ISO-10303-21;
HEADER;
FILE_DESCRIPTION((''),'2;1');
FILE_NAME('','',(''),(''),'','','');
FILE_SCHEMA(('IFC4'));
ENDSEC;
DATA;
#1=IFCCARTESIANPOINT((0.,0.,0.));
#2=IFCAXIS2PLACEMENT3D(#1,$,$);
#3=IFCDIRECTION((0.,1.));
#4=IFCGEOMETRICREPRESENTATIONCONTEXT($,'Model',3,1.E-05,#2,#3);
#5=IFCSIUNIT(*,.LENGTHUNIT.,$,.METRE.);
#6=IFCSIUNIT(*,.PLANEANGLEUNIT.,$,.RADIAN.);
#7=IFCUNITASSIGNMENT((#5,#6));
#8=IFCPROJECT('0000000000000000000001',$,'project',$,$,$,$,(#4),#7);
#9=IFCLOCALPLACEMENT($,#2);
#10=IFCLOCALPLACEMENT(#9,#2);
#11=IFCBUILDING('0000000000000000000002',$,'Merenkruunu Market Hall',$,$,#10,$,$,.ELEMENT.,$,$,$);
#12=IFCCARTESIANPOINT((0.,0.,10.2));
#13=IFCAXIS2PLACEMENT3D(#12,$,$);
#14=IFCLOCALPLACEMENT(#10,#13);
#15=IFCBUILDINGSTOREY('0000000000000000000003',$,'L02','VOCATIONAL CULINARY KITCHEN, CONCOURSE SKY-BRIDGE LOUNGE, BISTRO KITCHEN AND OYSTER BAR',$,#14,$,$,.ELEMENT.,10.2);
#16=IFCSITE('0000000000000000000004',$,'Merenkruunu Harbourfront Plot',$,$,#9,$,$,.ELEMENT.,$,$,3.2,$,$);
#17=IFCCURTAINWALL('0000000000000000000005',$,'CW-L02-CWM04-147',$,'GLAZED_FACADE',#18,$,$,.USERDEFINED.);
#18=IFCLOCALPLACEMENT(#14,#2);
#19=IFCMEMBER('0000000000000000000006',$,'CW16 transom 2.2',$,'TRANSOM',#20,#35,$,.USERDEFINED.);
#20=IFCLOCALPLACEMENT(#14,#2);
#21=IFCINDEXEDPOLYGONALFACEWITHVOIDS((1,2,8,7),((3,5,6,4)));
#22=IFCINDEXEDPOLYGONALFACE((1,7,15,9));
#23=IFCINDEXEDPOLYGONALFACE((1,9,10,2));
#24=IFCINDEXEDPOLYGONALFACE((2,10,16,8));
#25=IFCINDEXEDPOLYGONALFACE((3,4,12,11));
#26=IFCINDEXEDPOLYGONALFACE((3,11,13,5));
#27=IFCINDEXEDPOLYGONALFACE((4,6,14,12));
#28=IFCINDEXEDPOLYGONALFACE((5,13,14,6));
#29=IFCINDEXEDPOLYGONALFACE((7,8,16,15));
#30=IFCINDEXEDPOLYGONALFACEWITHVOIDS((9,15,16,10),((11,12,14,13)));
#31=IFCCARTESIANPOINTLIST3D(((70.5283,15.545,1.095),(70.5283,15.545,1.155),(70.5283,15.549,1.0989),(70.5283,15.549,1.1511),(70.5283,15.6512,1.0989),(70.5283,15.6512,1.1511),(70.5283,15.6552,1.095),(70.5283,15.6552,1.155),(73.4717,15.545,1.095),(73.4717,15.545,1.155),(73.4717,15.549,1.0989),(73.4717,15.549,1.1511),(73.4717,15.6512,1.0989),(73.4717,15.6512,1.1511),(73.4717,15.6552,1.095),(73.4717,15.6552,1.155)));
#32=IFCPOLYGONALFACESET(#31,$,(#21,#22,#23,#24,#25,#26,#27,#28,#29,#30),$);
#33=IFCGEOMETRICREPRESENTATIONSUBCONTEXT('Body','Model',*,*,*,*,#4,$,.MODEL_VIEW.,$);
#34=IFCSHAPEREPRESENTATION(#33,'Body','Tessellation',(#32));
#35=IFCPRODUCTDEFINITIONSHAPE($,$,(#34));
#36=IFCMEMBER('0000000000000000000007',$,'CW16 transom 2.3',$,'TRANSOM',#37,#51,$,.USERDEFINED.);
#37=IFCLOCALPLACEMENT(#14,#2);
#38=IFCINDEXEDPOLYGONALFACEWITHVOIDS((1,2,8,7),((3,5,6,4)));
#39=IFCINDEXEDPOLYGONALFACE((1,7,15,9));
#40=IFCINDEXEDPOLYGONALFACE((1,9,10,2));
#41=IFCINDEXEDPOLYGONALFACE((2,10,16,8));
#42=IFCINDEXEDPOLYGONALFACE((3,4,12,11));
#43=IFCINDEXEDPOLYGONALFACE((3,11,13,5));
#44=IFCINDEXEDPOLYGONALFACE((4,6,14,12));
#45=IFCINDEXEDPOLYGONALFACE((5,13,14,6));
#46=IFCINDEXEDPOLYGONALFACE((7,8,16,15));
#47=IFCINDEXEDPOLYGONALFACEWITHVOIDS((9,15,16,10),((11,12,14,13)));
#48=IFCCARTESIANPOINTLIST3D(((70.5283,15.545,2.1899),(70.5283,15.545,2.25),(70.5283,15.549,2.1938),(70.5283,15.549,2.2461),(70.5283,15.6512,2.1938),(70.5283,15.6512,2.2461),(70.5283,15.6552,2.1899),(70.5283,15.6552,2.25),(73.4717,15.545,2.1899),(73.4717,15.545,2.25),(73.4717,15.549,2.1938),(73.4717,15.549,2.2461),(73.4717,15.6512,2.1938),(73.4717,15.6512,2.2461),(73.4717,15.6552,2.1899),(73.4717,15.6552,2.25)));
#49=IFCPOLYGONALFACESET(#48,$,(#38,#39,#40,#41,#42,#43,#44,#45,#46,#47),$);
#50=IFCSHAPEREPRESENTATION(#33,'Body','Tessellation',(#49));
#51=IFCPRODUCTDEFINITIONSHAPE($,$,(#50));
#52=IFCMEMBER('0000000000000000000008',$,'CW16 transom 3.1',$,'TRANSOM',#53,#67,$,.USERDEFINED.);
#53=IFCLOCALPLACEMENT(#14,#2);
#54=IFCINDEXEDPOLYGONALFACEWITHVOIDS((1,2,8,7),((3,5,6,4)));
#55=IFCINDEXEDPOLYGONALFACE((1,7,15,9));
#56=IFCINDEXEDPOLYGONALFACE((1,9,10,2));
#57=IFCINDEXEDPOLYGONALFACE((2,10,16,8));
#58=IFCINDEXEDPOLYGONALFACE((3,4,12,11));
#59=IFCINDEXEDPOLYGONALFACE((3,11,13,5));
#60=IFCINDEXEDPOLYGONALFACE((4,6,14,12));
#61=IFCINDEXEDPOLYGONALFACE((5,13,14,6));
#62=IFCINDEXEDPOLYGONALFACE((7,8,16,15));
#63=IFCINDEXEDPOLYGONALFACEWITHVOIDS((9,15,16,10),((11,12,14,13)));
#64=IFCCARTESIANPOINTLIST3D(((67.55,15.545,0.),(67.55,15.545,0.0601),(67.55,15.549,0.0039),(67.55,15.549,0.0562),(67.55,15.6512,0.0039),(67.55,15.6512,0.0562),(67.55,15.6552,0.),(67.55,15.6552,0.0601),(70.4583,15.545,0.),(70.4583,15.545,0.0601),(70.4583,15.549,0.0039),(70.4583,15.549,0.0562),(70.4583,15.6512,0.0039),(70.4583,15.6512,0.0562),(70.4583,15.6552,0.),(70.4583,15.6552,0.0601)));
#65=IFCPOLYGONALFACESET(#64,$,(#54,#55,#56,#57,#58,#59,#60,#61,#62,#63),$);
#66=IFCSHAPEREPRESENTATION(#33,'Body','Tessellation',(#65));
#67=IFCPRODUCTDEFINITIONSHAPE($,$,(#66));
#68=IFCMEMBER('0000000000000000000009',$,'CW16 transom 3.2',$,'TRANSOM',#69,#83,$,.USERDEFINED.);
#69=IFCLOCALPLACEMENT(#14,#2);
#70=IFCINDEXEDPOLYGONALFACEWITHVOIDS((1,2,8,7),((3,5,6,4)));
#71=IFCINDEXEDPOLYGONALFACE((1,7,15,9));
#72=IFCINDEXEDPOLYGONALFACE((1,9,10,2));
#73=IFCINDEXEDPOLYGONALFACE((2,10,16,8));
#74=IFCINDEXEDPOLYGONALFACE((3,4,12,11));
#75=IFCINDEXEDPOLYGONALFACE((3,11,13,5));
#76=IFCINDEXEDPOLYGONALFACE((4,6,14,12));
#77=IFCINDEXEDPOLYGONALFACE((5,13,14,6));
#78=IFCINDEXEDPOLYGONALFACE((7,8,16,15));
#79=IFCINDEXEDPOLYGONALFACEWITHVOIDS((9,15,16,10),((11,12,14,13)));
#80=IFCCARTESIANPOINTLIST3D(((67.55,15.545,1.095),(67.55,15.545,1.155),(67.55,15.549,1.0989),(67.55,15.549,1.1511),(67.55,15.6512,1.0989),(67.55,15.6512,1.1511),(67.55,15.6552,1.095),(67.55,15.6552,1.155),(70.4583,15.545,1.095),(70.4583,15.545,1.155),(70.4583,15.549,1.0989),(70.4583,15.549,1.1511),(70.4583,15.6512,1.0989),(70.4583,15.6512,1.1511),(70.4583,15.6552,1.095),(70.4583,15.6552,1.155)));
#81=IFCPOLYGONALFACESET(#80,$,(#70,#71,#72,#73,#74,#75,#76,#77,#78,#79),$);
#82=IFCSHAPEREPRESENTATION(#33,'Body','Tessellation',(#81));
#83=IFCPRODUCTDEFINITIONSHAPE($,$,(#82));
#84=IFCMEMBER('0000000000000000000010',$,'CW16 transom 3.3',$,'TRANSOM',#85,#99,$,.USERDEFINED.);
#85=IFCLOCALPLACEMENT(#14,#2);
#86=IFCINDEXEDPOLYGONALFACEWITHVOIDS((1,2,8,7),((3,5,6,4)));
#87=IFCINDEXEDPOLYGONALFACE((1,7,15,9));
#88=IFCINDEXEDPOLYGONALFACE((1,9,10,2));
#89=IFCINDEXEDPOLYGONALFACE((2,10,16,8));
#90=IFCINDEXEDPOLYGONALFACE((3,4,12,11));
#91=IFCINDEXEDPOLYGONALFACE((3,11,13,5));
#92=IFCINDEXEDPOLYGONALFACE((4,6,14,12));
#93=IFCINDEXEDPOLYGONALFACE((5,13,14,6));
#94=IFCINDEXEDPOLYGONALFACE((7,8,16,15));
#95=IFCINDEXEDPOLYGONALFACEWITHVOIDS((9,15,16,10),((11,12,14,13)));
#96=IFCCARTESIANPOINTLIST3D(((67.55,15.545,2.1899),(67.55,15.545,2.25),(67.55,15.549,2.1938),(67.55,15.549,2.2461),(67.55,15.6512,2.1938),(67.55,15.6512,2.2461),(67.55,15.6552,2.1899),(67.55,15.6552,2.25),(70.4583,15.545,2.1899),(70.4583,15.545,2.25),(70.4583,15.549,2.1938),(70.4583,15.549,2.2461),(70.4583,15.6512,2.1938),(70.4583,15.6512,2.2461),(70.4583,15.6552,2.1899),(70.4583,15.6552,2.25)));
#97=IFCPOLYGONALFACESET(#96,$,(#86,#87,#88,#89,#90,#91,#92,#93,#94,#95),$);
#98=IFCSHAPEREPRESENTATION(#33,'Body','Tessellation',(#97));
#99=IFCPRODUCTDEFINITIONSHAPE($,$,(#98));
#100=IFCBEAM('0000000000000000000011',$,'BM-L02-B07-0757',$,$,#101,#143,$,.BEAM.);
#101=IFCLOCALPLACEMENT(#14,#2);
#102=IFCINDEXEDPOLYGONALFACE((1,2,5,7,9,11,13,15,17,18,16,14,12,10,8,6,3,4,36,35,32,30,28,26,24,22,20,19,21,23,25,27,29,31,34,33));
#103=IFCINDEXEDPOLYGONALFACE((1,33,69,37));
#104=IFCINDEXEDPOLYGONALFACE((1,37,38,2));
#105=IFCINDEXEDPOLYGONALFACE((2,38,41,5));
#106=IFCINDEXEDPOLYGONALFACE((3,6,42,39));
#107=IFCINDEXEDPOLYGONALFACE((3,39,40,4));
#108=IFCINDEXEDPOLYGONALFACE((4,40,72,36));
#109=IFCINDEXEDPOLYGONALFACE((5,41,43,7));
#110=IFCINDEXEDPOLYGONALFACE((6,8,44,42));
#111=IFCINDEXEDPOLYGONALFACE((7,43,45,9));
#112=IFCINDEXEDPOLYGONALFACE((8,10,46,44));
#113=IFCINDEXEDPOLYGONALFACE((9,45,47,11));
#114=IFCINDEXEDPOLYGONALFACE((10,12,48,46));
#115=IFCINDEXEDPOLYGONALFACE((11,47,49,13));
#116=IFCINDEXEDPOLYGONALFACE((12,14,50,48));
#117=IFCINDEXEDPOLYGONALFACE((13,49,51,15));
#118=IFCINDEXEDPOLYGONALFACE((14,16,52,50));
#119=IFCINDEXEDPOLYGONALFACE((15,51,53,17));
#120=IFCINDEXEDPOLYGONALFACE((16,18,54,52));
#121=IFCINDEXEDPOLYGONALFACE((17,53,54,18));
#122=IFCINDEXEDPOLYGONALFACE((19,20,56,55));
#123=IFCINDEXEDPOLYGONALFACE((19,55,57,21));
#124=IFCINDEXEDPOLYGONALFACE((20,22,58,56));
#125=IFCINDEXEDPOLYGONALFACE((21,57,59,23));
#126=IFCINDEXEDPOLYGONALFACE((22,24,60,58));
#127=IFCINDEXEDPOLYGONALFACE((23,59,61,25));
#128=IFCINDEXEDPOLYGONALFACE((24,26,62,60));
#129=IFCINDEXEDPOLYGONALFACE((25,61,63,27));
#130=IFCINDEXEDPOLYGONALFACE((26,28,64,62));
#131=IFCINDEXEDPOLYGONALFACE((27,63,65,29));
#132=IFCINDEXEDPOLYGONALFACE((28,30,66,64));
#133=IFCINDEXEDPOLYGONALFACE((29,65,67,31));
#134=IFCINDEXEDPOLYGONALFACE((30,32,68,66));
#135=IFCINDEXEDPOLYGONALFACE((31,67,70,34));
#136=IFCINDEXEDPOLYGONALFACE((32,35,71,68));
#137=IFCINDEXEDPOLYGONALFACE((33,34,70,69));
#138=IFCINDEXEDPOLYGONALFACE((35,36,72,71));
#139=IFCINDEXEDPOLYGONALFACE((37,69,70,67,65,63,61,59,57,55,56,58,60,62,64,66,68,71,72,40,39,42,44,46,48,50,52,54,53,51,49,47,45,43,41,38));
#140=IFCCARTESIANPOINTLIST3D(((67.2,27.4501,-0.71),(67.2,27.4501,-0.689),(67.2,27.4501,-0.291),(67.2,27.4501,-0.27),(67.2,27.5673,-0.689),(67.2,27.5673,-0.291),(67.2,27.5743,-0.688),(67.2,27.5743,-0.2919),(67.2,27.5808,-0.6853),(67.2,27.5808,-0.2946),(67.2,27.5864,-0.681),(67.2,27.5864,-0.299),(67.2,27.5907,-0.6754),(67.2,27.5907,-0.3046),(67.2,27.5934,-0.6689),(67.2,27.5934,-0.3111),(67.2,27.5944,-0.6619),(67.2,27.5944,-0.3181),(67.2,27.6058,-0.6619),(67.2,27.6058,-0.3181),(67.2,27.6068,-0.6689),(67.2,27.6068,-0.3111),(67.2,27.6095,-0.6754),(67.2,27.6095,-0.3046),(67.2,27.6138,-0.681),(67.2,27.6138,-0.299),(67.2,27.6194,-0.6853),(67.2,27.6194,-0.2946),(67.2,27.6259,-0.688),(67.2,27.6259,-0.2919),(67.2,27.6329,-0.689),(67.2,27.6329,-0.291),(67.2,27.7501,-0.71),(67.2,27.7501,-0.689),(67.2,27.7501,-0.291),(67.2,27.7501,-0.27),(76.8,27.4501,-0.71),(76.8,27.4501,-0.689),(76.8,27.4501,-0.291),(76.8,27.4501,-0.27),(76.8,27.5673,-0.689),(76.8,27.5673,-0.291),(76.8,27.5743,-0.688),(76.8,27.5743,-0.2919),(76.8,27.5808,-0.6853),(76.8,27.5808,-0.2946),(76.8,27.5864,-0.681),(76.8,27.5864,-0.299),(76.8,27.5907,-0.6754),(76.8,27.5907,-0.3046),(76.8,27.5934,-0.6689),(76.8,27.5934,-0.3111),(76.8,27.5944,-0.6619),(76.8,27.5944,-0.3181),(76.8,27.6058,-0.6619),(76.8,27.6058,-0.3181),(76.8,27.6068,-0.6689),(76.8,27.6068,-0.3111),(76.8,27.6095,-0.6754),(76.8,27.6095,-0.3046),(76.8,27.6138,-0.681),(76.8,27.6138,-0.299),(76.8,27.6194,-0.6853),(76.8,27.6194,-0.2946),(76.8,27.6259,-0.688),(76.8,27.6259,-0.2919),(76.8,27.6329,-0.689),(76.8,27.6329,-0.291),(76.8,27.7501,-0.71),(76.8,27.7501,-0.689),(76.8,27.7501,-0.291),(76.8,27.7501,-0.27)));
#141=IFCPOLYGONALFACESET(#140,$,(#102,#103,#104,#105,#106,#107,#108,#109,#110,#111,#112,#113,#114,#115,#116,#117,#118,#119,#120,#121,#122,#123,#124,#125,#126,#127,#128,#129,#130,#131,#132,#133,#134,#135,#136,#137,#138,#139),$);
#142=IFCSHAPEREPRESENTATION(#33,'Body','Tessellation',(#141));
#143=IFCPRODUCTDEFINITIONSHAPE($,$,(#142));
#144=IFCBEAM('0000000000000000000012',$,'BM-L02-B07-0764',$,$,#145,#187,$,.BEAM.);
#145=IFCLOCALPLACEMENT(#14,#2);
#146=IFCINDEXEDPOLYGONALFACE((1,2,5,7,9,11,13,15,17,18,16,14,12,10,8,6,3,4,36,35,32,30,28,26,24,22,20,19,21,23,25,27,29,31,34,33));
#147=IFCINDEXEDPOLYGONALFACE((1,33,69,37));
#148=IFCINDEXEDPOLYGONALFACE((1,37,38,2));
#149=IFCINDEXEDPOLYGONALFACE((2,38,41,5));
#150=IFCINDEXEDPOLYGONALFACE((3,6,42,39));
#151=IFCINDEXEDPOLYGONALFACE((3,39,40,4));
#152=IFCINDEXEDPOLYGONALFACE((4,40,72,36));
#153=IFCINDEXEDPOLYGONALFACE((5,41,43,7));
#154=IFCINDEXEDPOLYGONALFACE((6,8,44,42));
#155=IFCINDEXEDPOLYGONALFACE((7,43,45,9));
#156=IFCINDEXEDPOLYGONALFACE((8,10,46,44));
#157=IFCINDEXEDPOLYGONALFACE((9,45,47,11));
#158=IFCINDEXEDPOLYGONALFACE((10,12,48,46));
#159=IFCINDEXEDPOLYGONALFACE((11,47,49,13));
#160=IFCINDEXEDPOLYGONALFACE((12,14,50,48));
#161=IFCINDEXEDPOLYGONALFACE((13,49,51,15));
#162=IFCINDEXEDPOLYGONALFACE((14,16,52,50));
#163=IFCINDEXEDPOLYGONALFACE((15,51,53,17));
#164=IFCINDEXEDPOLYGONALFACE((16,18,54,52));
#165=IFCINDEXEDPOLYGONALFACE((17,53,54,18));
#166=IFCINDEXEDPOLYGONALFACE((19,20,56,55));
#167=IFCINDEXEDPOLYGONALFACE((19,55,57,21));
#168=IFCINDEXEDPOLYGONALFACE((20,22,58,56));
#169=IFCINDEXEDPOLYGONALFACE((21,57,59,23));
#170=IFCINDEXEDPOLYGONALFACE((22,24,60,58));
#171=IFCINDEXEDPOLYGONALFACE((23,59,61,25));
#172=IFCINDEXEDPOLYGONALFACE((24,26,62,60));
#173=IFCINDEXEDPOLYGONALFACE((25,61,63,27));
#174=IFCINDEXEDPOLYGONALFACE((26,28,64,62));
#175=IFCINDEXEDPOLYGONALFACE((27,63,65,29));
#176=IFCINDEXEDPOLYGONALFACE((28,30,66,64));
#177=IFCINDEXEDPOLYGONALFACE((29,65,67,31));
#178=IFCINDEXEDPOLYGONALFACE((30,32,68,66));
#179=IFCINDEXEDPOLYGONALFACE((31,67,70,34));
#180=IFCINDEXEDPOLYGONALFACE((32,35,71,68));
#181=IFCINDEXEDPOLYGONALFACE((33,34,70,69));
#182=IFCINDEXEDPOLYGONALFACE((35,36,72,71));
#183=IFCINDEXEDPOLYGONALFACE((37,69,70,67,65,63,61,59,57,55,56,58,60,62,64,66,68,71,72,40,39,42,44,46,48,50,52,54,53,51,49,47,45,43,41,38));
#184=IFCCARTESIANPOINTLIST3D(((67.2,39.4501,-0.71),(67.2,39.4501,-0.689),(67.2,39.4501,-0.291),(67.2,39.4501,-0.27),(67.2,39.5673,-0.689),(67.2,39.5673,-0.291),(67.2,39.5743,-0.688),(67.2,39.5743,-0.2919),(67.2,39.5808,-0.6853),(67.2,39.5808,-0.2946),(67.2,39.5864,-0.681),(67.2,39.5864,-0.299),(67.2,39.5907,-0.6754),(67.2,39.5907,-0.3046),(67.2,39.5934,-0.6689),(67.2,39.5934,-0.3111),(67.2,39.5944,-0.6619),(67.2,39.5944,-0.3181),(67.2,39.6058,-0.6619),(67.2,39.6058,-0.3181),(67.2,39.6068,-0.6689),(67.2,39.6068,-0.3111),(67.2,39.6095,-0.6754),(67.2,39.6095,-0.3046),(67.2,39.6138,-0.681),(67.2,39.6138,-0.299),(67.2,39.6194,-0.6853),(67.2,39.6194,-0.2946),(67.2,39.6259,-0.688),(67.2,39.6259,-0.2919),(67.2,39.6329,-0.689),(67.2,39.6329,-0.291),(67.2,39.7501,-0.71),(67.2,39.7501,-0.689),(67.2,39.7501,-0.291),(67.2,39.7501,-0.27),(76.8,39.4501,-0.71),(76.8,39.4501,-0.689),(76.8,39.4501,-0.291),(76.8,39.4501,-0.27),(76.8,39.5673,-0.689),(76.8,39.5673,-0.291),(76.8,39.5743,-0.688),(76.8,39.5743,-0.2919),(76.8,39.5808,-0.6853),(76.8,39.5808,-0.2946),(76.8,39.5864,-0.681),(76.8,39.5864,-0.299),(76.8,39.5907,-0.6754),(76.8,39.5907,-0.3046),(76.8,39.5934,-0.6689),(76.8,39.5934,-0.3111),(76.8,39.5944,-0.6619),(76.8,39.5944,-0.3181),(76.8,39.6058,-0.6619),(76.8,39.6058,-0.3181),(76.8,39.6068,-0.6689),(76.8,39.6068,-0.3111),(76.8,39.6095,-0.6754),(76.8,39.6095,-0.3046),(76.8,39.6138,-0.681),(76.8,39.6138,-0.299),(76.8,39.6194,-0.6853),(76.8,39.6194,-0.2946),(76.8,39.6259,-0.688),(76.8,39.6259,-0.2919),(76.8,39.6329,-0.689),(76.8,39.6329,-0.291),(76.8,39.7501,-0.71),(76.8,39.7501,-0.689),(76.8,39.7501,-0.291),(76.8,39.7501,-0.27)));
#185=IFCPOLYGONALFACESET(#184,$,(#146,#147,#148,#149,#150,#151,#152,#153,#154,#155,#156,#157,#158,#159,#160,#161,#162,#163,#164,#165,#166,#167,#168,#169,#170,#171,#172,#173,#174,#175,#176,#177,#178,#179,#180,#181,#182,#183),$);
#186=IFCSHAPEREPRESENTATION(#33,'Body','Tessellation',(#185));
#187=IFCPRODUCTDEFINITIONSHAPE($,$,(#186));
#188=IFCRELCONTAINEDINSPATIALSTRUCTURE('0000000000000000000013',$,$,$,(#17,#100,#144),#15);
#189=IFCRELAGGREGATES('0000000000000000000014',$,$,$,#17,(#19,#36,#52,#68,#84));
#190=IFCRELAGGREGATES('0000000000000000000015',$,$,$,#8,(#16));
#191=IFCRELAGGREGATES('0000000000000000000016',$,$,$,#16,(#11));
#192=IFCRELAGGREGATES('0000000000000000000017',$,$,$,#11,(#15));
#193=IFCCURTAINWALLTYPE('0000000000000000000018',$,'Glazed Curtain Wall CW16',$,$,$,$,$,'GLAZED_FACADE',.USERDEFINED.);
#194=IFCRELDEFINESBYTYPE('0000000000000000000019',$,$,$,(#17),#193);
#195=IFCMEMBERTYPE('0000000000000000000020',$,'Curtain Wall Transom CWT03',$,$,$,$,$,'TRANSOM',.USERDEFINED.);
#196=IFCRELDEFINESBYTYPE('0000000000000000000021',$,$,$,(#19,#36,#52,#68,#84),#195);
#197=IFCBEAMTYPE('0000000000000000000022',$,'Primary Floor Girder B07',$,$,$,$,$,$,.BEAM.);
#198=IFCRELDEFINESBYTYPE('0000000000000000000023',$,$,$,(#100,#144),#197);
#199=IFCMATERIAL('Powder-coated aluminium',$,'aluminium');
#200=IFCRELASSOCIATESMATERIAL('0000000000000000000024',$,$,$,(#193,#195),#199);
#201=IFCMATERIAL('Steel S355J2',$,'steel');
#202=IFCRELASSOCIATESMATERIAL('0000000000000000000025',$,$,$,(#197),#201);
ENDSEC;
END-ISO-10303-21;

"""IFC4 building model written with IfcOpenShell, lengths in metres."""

from ifc_helpers import new_model, si_unit, direction, frame, origin, origin_2d, place, context, subcontext, project, spatial, hollow_rectangle, i_section, extrude, material, material_profile, profile_set, type_object, element, aggregate, save


model = new_model("IFC4")

# Units and contexts
model_context = context("Model", 3, precision=1e-05, world=origin(), true_north=direction((0.0, 1.0)))
body_context = subcontext(model_context, "Body", "Model", "MODEL_VIEW")
ifc_project = project(units=[si_unit("LENGTHUNIT", "METRE"), si_unit("PLANEANGLEUNIT", "RADIAN")], contexts=[model_context])

# Site, building, storey
site_placement = place(None, origin())
site = spatial("IfcSite", under=ifc_project, at=site_placement, Name="Merenkruunu Harbourfront Plot", CompositionType="ELEMENT", RefElevation=3.2)
building_placement = place(site_placement, origin())
building = spatial("IfcBuilding", under=site, at=building_placement, Name="Merenkruunu Market Hall", CompositionType="ELEMENT")
storey_placement = place(building_placement, frame((0.0, 0.0, 10.2)))
storey = spatial("IfcBuildingStorey", under=building, at=storey_placement, Name="L02", Description="VOCATIONAL CULINARY KITCHEN, CONCOURSE SKY-BRIDGE LOUNGE, BISTRO KITCHEN AND OYSTER BAR", CompositionType="ELEMENT", Elevation=10.2)

# Curtain wall, members
ifc_material_1 = material(Name="Powder-coated aluminium", Category="aluminium")
curtain_wall_type = type_object("IfcCurtainWallType", Name="Glazed Curtain Wall CW16", ElementType="GLAZED_FACADE", PredefinedType="USERDEFINED", material=ifc_material_1)
curtain_wall_placement = place(storey_placement, origin())
curtain_wall = element("IfcCurtainWall", 1, at=curtain_wall_placement, inside=storey, type_object=curtain_wall_type, Name="CW-L02-CWM04-147", ObjectType="GLAZED_FACADE", PredefinedType="USERDEFINED")
ifc_material_profile_1 = material_profile(ifc_material_1, hollow_rectangle(XDim=0.0601, YDim=0.1101, WallThickness=0.0039, at=origin_2d()), Name="ALU 60x110x4")
ifc_profile_set_1 = profile_set([ifc_material_profile_1], Name="Powder-coated aluminium")
member_type_1 = type_object("IfcMemberType", Name="Curtain Wall Transom CWT03", ElementType="TRANSOM", PredefinedType="USERDEFINED", material=ifc_profile_set_1)
member_1_placement = place(storey_placement, frame((73.4717, 15.6001, 1.125), z_axis=(-1.0, 0.0, 0.0), x_axis=(0.0, 0.0, 1.0)))
member_1 = element("IfcMember", 2, at=member_1_placement, type_object=member_type_1, Name="CW16 transom 2.2", ObjectType="TRANSOM", PredefinedType="USERDEFINED", context=body_context, shape_type="SweptSolid", body=[
    extrude(hollow_rectangle(XDim=0.0601, YDim=0.1101, WallThickness=0.0039, at=origin_2d()), origin(), (0.0, 0.0, 1.0), 2.9434),
])
member_2_placement = place(storey_placement, frame((73.4717, 15.6001, 2.22), z_axis=(-1.0, 0.0, 0.0), x_axis=(0.0, 0.0, 1.0)))
member_2 = element("IfcMember", 3, at=member_2_placement, type_object=member_type_1, Name="CW16 transom 2.3", ObjectType="TRANSOM", PredefinedType="USERDEFINED", context=body_context, shape_type="SweptSolid", body=[
    extrude(hollow_rectangle(XDim=0.0601, YDim=0.1101, WallThickness=0.0039, at=origin_2d()), origin(), (0.0, 0.0, 1.0), 2.9434),
])
member_3_placement = place(storey_placement, frame((70.4583, 15.6001, 0.03), z_axis=(-1.0, 0.0, 0.0), x_axis=(0.0, 0.0, 1.0)))
member_3 = element("IfcMember", 4, at=member_3_placement, type_object=member_type_1, Name="CW16 transom 3.1", ObjectType="TRANSOM", PredefinedType="USERDEFINED", context=body_context, shape_type="SweptSolid", body=[
    extrude(hollow_rectangle(XDim=0.0601, YDim=0.1101, WallThickness=0.0039, at=origin_2d()), origin(), (0.0, 0.0, 1.0), 2.9082),
])
member_4_placement = place(storey_placement, frame((70.4583, 15.6001, 1.125), z_axis=(-1.0, 0.0, 0.0), x_axis=(0.0, 0.0, 1.0)))
member_4 = element("IfcMember", 5, at=member_4_placement, type_object=member_type_1, Name="CW16 transom 3.2", ObjectType="TRANSOM", PredefinedType="USERDEFINED", context=body_context, shape_type="SweptSolid", body=[
    extrude(hollow_rectangle(XDim=0.0601, YDim=0.1101, WallThickness=0.0039, at=origin_2d()), origin(), (0.0, 0.0, 1.0), 2.9082),
])
member_5_placement = place(storey_placement, frame((70.4583, 15.6001, 2.22), z_axis=(-1.0, 0.0, 0.0), x_axis=(0.0, 0.0, 1.0)))
member_5 = element("IfcMember", 6, at=member_5_placement, type_object=member_type_1, Name="CW16 transom 3.3", ObjectType="TRANSOM", PredefinedType="USERDEFINED", context=body_context, shape_type="SweptSolid", body=[
    extrude(hollow_rectangle(XDim=0.0601, YDim=0.1101, WallThickness=0.0039, at=origin_2d()), origin(), (0.0, 0.0, 1.0), 2.9082),
])

# Beams
ifc_material_2 = material(Name="Steel S355J2", Category="steel")
ifc_material_profile_2 = material_profile(ifc_material_2, i_section(OverallWidth=0.3, OverallDepth=0.4399, WebThickness=0.0115, FlangeThickness=0.021, FilletRadius=0.0271, at=origin_2d()), Name="HEA 450")
ifc_profile_set_2 = profile_set([ifc_material_profile_2], Name="Steel S355J2")
beam_type_1 = type_object("IfcBeamType", Name="Primary Floor Girder B07", PredefinedType="BEAM", material=ifc_profile_set_2)
for number, where, z_axis, x_axis, name in (
    (7, (67.2, 27.6001, -0.49), (1.0, 0.0, 0.0), (0.0, 1.0, 0.0), "BM-L02-B07-0757"),
    (8, (67.2, 39.6001, -0.49), (1.0, 0.0, 0.0), (0.0, 1.0, 0.0), "BM-L02-B07-0764"),
):
    element("IfcBeam", number, at=place(storey_placement, frame(where, z_axis=z_axis, x_axis=x_axis)), inside=storey, type_object=beam_type_1, Name=name, PredefinedType="BEAM", context=body_context, shape_type="SweptSolid", body=[
        extrude(i_section(OverallWidth=0.3, OverallDepth=0.4399, WebThickness=0.0115, FlangeThickness=0.021, FilletRadius=0.0271, at=origin_2d()), origin(), (0.0, 0.0, 1.0), 9.6001),
    ])

aggregate(curtain_wall, [member_1, member_2, member_3, member_4, member_5])

save(model, "model.ifc")
